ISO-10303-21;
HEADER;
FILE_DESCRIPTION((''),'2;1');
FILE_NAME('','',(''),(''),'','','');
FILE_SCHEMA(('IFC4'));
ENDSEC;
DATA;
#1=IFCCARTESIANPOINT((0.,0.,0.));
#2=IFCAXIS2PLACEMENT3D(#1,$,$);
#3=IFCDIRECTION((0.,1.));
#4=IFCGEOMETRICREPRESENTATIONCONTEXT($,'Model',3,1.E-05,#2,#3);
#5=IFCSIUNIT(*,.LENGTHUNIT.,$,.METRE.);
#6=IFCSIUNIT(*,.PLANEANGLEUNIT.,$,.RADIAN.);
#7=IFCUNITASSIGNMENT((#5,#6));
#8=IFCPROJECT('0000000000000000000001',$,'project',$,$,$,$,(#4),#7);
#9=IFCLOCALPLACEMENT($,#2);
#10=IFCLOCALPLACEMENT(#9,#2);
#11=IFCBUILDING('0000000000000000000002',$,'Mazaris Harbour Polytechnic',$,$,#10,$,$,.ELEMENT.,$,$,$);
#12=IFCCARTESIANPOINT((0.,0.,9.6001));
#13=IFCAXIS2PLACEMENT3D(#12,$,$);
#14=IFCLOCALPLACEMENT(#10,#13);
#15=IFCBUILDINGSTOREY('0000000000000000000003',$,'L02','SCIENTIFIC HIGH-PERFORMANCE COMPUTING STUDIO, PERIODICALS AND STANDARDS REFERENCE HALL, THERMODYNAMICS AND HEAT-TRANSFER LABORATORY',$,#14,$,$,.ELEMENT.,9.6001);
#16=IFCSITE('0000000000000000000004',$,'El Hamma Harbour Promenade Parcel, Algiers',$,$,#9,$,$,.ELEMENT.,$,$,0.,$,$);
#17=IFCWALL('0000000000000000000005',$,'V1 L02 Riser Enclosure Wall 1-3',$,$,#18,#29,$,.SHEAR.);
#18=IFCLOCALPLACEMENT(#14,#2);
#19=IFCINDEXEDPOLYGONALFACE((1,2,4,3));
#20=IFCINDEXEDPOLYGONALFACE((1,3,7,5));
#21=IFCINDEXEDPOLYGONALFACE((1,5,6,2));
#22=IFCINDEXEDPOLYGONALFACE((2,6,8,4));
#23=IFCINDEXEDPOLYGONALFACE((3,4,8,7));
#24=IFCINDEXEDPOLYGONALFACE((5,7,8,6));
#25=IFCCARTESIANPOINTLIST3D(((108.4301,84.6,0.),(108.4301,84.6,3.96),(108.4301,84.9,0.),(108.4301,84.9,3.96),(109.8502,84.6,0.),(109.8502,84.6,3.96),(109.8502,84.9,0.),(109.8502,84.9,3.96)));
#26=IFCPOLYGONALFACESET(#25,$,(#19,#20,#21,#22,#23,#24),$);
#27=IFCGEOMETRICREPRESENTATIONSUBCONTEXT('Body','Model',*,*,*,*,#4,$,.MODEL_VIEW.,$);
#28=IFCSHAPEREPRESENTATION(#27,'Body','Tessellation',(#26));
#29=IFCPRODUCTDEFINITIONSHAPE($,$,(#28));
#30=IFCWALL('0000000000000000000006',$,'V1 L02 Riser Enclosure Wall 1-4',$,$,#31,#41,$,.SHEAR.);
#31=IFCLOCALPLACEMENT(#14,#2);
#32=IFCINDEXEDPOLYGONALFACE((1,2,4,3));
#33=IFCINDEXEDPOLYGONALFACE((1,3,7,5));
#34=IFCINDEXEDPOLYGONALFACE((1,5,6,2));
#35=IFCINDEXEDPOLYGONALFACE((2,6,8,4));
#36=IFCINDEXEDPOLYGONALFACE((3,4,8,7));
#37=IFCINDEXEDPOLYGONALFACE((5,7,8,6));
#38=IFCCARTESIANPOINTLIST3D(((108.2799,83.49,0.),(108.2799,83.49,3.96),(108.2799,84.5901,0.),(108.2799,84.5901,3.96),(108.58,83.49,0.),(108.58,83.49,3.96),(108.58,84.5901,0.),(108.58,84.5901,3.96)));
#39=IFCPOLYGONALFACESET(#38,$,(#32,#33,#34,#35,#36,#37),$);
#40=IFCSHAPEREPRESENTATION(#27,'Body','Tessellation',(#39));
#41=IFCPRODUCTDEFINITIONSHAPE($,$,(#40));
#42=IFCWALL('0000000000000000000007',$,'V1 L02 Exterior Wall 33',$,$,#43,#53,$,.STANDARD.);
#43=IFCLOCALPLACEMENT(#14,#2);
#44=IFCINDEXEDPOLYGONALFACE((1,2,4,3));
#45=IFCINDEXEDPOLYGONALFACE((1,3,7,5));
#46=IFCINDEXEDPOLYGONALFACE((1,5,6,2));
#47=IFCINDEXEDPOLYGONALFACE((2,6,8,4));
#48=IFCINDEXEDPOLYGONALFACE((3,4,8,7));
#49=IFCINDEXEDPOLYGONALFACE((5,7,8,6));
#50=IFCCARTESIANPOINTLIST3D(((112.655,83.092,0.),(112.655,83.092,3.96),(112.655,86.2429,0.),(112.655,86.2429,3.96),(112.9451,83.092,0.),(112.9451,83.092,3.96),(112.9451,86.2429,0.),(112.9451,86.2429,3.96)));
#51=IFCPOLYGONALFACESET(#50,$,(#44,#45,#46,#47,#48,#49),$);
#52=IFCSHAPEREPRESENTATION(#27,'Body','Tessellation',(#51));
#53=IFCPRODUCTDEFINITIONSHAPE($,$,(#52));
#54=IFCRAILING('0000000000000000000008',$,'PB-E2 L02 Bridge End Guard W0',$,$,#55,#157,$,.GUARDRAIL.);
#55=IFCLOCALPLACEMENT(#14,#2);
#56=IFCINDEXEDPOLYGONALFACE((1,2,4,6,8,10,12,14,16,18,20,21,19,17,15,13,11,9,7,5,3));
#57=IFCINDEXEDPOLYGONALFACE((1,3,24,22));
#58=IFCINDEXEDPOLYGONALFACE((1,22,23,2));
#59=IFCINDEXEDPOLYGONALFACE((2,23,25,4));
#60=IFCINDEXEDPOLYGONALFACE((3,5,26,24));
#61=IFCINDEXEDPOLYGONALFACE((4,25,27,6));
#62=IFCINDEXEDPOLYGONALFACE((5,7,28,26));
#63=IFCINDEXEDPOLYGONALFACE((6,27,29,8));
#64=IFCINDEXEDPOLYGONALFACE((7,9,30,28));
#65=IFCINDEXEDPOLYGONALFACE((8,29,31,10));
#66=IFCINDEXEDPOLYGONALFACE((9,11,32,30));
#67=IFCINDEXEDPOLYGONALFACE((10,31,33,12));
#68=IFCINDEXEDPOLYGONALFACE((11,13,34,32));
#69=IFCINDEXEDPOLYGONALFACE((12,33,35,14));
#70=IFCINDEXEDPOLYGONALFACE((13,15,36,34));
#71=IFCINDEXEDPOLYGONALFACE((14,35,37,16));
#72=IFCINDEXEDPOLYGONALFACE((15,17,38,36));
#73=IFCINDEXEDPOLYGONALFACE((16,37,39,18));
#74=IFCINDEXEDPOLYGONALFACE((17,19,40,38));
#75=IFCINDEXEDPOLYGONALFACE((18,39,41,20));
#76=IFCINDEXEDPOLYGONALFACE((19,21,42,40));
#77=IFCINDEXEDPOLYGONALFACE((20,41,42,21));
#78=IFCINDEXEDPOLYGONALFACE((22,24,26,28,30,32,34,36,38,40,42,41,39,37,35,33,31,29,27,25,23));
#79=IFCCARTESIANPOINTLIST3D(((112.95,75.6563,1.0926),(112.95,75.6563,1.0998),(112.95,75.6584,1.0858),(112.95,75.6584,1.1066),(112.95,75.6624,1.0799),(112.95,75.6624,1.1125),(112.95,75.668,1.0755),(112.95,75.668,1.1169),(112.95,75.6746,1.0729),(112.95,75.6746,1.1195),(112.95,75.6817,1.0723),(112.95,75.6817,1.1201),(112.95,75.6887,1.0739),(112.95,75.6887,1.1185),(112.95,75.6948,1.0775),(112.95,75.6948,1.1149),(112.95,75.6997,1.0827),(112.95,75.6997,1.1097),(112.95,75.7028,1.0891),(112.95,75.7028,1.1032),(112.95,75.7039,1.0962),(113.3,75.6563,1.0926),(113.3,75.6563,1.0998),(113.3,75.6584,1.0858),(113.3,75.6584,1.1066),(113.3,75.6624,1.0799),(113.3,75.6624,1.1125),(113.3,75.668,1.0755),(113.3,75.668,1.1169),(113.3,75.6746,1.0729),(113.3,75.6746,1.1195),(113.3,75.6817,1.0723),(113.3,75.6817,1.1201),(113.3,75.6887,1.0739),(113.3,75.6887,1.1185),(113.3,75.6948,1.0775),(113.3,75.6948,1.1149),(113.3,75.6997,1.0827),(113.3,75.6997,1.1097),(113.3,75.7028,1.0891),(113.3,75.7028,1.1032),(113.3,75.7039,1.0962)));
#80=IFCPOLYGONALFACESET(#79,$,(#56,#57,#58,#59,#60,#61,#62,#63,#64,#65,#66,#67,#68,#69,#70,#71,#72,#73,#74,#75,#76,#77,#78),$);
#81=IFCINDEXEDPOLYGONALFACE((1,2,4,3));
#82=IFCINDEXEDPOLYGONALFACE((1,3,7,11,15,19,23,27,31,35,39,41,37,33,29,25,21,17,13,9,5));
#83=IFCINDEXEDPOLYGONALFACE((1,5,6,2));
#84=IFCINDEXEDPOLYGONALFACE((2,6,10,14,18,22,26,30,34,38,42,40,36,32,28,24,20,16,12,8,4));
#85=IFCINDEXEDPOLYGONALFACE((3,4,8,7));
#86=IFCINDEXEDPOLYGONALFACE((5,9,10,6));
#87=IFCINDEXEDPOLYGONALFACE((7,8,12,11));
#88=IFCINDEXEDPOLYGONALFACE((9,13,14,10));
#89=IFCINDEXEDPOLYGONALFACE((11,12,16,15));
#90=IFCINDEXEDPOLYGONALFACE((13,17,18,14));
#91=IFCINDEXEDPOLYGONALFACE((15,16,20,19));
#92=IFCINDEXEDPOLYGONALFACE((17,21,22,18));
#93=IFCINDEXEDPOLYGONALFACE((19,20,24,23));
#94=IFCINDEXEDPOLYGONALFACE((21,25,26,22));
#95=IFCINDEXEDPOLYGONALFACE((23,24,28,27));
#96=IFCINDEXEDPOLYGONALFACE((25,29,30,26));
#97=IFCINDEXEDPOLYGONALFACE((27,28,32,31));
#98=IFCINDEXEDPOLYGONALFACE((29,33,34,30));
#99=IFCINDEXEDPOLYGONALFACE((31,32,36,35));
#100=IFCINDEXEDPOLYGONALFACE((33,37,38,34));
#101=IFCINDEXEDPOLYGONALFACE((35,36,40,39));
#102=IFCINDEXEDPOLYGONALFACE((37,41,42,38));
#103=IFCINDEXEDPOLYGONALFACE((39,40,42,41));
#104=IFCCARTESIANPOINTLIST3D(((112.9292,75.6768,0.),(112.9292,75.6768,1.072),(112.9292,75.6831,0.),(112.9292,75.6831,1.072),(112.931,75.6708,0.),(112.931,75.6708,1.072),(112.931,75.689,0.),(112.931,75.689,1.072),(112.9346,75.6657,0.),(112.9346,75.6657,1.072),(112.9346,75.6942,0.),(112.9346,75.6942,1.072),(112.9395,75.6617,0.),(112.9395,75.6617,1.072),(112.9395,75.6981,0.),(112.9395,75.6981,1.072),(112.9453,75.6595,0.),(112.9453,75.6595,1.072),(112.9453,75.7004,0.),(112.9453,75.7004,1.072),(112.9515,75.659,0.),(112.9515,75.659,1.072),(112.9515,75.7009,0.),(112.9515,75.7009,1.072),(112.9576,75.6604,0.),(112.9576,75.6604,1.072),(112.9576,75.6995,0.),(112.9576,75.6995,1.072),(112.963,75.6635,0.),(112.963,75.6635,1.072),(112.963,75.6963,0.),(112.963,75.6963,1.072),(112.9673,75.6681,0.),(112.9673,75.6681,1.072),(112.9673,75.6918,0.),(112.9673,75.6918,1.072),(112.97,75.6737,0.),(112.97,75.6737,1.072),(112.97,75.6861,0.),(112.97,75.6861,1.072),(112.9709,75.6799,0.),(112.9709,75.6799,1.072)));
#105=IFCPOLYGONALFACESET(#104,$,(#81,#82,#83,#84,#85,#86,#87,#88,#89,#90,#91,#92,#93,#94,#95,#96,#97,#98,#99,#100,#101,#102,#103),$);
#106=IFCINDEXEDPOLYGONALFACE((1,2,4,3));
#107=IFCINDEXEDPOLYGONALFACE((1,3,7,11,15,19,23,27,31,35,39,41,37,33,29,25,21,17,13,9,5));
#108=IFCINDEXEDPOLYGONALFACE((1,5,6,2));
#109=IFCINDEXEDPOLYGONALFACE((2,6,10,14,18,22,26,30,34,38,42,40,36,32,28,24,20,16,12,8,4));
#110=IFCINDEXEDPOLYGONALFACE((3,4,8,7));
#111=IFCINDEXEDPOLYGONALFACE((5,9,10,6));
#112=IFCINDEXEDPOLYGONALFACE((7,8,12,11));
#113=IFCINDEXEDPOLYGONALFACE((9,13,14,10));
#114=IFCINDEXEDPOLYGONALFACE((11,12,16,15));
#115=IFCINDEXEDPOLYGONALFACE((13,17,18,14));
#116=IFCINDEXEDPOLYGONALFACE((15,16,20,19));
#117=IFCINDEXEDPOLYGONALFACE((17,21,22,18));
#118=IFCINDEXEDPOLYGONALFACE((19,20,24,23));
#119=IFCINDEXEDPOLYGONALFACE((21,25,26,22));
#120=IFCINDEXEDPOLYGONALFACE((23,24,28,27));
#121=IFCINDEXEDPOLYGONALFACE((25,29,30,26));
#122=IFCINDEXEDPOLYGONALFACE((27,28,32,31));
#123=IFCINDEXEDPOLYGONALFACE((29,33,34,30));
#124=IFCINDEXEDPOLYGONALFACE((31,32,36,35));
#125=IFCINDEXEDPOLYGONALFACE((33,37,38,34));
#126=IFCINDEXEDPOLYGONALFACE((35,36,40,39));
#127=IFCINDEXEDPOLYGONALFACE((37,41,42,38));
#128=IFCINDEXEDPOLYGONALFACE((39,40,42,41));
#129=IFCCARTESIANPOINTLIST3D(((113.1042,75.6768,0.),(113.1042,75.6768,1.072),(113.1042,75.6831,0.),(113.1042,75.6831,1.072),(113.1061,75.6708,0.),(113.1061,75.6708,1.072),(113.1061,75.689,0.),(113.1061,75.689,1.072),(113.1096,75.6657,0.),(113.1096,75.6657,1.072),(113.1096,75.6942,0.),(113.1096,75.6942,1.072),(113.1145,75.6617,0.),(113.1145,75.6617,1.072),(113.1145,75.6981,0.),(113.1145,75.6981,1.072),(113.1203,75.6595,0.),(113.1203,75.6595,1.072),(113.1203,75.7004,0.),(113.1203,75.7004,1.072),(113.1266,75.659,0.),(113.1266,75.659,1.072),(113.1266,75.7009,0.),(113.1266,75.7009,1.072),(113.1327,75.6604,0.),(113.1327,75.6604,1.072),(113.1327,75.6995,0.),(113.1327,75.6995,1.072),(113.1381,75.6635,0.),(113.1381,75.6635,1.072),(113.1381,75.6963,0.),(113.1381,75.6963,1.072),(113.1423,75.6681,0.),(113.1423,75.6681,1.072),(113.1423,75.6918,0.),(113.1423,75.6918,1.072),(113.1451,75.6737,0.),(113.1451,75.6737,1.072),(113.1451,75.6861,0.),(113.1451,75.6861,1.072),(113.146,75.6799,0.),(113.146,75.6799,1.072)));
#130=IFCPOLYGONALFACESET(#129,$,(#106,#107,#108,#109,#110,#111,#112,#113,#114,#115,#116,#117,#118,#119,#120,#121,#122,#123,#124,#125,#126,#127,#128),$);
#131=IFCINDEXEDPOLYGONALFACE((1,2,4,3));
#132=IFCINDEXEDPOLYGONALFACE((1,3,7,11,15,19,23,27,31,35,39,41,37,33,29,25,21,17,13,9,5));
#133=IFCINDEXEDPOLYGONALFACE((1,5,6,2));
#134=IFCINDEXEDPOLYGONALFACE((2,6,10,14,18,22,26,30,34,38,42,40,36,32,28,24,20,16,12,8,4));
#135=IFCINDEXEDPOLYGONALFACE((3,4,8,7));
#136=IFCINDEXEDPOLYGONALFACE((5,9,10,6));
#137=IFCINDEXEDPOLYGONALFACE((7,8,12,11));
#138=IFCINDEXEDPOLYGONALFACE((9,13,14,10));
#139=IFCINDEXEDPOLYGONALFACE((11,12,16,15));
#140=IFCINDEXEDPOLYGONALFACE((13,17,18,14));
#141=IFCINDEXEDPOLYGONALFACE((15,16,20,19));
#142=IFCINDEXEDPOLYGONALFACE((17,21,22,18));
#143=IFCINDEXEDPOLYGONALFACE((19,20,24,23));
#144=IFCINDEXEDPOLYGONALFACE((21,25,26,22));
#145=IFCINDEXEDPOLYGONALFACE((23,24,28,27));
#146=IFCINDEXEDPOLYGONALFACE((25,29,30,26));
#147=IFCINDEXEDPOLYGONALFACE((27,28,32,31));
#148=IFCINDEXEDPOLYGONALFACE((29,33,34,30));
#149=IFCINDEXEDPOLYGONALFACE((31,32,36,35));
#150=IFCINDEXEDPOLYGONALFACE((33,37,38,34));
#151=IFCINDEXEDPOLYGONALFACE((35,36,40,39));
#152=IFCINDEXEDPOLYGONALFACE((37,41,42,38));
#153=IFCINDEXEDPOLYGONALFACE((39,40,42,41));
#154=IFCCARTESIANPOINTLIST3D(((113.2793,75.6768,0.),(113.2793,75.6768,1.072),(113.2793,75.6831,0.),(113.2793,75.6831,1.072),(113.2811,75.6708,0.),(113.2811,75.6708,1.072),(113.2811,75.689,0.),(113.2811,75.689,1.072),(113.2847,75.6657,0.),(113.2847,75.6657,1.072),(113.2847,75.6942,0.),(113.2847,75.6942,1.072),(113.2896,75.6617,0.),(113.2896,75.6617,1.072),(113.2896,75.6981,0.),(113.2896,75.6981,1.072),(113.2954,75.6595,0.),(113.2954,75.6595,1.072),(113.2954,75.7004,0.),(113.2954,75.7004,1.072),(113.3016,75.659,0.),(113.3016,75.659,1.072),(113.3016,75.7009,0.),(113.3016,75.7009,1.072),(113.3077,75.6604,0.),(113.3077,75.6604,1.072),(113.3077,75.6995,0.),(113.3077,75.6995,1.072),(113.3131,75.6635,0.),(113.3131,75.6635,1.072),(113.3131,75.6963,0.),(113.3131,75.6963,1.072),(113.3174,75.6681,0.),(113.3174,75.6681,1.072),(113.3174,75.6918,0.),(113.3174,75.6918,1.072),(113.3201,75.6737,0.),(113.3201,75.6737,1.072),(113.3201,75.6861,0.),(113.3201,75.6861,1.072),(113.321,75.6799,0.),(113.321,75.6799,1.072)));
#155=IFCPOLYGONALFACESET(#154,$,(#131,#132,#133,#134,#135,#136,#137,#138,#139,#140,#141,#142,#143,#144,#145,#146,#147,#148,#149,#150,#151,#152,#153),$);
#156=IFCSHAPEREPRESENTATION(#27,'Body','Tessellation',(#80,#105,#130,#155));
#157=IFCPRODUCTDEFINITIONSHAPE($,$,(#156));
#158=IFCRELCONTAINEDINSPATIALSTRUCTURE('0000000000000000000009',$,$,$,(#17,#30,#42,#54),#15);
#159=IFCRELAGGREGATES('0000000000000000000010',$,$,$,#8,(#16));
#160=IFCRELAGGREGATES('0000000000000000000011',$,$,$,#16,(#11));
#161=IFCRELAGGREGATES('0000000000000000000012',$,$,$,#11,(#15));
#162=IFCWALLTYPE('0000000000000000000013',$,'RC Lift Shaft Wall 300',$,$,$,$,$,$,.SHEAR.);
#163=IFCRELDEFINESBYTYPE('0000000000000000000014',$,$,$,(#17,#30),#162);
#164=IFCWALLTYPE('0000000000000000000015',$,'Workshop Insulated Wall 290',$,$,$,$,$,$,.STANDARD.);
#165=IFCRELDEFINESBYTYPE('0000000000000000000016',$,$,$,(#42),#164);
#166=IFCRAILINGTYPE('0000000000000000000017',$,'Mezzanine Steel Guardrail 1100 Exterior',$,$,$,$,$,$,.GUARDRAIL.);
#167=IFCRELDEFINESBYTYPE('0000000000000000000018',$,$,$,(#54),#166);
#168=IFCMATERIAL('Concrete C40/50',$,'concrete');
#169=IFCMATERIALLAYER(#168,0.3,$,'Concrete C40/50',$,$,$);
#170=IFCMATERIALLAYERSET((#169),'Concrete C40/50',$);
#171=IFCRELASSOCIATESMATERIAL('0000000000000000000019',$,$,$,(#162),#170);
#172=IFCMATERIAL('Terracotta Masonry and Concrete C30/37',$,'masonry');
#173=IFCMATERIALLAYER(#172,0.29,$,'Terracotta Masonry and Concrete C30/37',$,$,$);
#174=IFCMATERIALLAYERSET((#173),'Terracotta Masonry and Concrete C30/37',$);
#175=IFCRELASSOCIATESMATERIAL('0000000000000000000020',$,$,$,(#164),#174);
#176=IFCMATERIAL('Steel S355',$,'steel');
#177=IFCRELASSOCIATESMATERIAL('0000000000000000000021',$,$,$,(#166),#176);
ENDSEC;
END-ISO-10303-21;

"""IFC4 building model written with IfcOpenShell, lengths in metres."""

from ifc_helpers import new_model, si_unit, direction, frame, frame_2d, origin, origin_2d, place, context, subcontext, project, spatial, rectangle, circle, extrude, material, layer, layer_set, type_object, element, save


model = new_model("IFC4")

# Units and contexts
model_context = context("Model", 3, precision=1e-05, world=origin(), true_north=direction((0.0, 1.0)))
body_context = subcontext(model_context, "Body", "Model", "MODEL_VIEW")
ifc_project = project(units=[si_unit("LENGTHUNIT", "METRE"), si_unit("PLANEANGLEUNIT", "RADIAN")], contexts=[model_context])

# Site, building, storey
site_placement = place(None, origin())
site = spatial("IfcSite", under=ifc_project, at=site_placement, Name="El Hamma Harbour Promenade Parcel, Algiers", CompositionType="ELEMENT", RefElevation=0.0)
building_placement = place(site_placement, origin())
building = spatial("IfcBuilding", under=site, at=building_placement, Name="Mazaris Harbour Polytechnic", CompositionType="ELEMENT")
storey_placement = place(building_placement, frame((0.0, 0.0, 9.6001)))
storey = spatial("IfcBuildingStorey", under=building, at=storey_placement, Name="L02", Description="SCIENTIFIC HIGH-PERFORMANCE COMPUTING STUDIO, PERIODICALS AND STANDARDS REFERENCE HALL, THERMODYNAMICS AND HEAT-TRANSFER LABORATORY", CompositionType="ELEMENT", Elevation=9.6001)

# Walls
ifc_material_1 = material(Name="Concrete C40/50", Category="concrete")
ifc_layer_1 = layer(ifc_material_1, 0.3, Name="Concrete C40/50")
ifc_layer_set_1 = layer_set([ifc_layer_1], Name="Concrete C40/50")
wall_type_1 = type_object("IfcWallType", Name="RC Lift Shaft Wall 300", PredefinedType="SHEAR", material=ifc_layer_set_1)
wall_1_placement = place(storey_placement, frame((109.8501, 84.75, 0.0), z_axis=(0.0, 0.0, 1.0), x_axis=(-1.0, 0.0, 0.0)))
element("IfcWall", 1, at=wall_1_placement, inside=storey, type_object=wall_type_1, Name="V1 L02 Riser Enclosure Wall 1-3", PredefinedType="SHEAR", context=body_context, shape_type="SweptSolid", body=[
    extrude(rectangle(XDim=1.4202, YDim=0.3, at=frame_2d((0.71, 0.0))), origin(), (0.0, 0.0, 1.0), 3.96),
])
wall_2_placement = place(storey_placement, frame((108.4299, 84.5901, 0.0), z_axis=(0.0, 0.0, 1.0), x_axis=(0.0, -1.0, 0.0)))
element("IfcWall", 2, at=wall_2_placement, inside=storey, type_object=wall_type_1, Name="V1 L02 Riser Enclosure Wall 1-4", PredefinedType="SHEAR", context=body_context, shape_type="SweptSolid", body=[
    extrude(rectangle(XDim=1.1001, YDim=0.3, at=frame_2d((0.55, 0.0))), origin(), (0.0, 0.0, 1.0), 3.96),
])
ifc_material_2 = material(Name="Terracotta Masonry and Concrete C30/37", Category="masonry")
ifc_layer_2 = layer(ifc_material_2, 0.29, Name="Terracotta Masonry and Concrete C30/37")
ifc_layer_set_2 = layer_set([ifc_layer_2], Name="Terracotta Masonry and Concrete C30/37")
wall_type_2 = type_object("IfcWallType", Name="Workshop Insulated Wall 290", PredefinedType="STANDARD", material=ifc_layer_set_2)
wall_3_placement = place(storey_placement, frame((112.8, 86.2429, 0.0), z_axis=(0.0, 0.0, 1.0), x_axis=(0.0, -1.0, 0.0)))
element("IfcWall", 3, at=wall_3_placement, inside=storey, type_object=wall_type_2, Name="V1 L02 Exterior Wall 33", PredefinedType="STANDARD", context=body_context, shape_type="SweptSolid", body=[
    extrude(rectangle(XDim=3.1509, YDim=0.29, at=frame_2d((1.5754, 0.0))), origin(), (0.0, 0.0, 1.0), 3.96),
])

# Railing
ifc_material_3 = material(Name="Steel S355", Category="steel")
railing_type = type_object("IfcRailingType", Name="Mezzanine Steel Guardrail 1100 Exterior", PredefinedType="GUARDRAIL", material=ifc_material_3)
for number, where, name in (
    (4, (112.95, 75.6799, 0.0), "PB-E2 L02 Bridge End Guard W0"),
):
    element("IfcRailing", number, at=place(storey_placement, frame(where)), inside=storey, type_object=railing_type, Name=name, PredefinedType="GUARDRAIL", context=body_context, shape_type="SweptSolid", body=[
        extrude(circle(Radius=0.0239, at=origin_2d()), frame((0.0, 0.0, 1.0962), z_axis=(1.0, 0.0, 0.0), x_axis=(0.0, 1.0, 0.0)), (0.0, 0.0, 1.0), 0.3501),
        extrude(circle(Radius=0.021, at=origin_2d()), origin(), (0.0, 0.0, 1.0), 1.072),
        extrude(circle(Radius=0.021, at=origin_2d()), frame((0.175, 0.0, 0.0)), (0.0, 0.0, 1.0), 1.072),
        extrude(circle(Radius=0.021, at=origin_2d()), frame((0.3501, 0.0, 0.0)), (0.0, 0.0, 1.0), 1.072),
    ])

save(model, "model.ifc")
